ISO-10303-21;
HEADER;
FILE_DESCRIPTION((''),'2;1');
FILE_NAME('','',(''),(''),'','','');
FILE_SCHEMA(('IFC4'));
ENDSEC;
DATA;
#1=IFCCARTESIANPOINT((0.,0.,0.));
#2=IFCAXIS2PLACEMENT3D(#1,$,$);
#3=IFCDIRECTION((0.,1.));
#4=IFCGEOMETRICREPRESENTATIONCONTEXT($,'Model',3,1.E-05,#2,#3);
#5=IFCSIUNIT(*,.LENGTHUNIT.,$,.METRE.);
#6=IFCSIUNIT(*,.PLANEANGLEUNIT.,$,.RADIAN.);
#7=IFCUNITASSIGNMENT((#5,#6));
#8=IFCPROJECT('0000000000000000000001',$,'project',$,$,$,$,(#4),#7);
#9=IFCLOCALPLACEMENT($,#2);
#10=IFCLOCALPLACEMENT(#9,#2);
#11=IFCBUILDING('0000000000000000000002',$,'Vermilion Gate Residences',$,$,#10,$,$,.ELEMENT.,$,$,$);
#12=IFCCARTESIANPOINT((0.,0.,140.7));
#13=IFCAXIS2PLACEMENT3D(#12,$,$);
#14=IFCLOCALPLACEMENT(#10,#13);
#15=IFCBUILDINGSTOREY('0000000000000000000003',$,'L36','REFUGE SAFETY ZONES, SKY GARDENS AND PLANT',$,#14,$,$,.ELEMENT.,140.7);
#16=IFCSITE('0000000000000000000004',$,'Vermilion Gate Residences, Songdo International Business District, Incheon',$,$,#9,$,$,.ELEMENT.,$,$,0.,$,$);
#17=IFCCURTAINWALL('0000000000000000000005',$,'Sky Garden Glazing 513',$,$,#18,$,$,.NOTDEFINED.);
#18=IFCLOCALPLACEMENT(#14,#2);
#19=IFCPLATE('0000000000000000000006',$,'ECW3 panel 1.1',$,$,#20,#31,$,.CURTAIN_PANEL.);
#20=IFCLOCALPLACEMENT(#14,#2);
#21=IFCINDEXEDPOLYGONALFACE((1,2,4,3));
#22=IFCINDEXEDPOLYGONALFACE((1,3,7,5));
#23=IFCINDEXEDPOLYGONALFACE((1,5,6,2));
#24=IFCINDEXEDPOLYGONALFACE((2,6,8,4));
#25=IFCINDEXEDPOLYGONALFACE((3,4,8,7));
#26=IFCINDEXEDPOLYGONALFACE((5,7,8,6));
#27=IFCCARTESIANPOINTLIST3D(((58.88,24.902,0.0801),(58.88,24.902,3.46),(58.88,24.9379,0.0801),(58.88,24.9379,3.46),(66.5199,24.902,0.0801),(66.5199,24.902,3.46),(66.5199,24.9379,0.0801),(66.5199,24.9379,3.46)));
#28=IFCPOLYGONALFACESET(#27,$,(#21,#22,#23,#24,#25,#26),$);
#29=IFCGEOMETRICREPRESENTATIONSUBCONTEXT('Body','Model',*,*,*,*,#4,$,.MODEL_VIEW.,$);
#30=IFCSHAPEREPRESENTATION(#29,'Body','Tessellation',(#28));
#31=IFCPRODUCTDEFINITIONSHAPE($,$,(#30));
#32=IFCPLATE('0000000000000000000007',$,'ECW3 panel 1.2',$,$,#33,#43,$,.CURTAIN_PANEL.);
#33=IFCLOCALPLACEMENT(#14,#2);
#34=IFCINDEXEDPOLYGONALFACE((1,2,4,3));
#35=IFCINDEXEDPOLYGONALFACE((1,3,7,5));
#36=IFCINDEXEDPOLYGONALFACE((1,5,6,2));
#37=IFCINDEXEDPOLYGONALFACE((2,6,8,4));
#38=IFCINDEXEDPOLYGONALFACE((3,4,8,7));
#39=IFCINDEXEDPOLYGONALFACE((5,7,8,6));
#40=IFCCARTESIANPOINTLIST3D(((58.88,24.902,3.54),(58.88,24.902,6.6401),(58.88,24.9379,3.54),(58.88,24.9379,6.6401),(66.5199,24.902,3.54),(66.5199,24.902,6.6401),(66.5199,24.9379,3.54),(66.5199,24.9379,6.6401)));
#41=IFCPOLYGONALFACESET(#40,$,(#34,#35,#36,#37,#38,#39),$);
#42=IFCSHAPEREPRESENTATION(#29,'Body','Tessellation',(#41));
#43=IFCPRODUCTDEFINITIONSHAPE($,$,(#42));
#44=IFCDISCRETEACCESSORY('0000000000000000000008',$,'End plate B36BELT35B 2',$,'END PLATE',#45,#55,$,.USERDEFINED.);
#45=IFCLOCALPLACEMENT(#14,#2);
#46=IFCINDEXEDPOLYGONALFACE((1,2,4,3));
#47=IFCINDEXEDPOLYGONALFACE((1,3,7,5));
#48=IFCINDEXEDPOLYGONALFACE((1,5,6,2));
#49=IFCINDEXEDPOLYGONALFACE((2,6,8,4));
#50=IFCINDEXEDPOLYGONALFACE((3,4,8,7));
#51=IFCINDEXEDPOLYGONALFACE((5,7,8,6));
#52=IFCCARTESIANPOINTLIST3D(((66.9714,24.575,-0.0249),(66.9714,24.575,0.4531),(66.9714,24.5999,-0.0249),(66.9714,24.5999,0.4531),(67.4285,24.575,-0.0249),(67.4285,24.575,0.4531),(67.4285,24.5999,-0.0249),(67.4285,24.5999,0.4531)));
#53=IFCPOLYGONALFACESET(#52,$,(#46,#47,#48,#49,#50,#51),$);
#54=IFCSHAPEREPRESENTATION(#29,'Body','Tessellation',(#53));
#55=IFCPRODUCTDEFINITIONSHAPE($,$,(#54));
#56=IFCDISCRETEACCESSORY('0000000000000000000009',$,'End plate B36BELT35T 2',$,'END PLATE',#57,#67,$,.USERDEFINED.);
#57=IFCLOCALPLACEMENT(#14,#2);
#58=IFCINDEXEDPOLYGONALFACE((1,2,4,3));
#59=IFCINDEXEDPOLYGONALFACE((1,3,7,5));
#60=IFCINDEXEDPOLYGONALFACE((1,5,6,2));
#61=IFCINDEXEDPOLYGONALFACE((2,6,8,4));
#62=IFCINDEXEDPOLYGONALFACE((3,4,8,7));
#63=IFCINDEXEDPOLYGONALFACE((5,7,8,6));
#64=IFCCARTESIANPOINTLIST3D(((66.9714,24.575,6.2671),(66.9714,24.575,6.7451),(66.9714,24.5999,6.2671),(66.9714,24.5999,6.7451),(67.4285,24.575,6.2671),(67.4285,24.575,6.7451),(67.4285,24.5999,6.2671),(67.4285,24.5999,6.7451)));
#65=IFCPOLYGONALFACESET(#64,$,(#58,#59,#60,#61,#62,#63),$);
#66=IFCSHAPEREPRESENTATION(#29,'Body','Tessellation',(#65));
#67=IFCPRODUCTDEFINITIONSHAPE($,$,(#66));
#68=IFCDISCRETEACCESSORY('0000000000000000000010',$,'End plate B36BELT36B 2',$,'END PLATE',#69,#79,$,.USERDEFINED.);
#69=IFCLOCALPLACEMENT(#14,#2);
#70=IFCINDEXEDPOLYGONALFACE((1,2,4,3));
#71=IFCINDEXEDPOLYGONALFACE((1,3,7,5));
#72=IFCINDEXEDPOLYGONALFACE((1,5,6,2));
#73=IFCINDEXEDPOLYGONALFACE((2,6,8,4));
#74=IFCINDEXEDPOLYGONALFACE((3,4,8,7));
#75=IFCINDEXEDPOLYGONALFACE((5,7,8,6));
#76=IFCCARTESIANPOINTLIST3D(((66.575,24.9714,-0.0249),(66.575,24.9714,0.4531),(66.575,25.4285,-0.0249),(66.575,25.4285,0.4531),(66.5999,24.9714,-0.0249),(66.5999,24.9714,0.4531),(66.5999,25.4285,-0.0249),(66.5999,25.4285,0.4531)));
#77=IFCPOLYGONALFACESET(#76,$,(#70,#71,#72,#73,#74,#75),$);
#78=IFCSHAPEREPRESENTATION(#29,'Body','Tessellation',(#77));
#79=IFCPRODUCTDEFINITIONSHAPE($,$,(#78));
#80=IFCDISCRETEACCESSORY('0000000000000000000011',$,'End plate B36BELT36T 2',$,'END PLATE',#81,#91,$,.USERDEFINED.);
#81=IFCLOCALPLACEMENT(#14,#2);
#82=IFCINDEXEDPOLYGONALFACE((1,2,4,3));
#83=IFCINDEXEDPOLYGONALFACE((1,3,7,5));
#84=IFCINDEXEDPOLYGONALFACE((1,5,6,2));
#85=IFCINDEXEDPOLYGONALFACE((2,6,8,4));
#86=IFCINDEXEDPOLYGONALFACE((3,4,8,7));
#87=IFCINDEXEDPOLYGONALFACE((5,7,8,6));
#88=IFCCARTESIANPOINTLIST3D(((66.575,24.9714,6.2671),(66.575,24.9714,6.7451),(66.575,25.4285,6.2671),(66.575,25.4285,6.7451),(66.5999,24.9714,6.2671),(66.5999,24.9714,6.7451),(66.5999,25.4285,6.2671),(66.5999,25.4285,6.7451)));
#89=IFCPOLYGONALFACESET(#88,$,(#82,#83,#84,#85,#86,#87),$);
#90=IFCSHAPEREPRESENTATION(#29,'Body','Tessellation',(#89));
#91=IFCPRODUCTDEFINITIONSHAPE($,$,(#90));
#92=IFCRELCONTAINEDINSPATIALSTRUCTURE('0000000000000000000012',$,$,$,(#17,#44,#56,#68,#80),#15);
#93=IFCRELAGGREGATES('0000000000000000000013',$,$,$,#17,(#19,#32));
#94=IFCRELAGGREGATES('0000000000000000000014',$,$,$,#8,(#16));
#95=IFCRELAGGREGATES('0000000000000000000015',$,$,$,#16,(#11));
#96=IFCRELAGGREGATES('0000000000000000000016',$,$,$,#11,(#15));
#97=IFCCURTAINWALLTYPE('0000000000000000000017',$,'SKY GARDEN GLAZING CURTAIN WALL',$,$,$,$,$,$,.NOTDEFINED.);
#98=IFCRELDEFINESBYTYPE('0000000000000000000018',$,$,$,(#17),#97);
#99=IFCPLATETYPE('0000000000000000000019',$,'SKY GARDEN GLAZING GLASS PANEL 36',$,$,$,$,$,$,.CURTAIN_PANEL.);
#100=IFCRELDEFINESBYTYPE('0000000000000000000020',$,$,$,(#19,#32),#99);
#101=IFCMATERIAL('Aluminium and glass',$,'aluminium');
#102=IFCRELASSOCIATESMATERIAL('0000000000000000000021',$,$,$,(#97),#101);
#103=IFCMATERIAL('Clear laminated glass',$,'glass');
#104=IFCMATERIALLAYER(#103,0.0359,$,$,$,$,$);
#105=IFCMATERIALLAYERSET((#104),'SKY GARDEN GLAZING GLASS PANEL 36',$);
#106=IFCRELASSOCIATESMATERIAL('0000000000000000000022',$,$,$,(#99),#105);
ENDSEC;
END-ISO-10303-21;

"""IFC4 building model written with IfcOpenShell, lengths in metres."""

from ifc_helpers import new_model, si_unit, direction, frame, origin, origin_2d, place, context, subcontext, project, spatial, rectangle, extrude, material, layer, layer_set, type_object, element, aggregate, save


model = new_model("IFC4")

# Units and contexts
model_context = context("Model", 3, precision=1e-05, world=origin(), true_north=direction((0.0, 1.0)))
body_context = subcontext(model_context, "Body", "Model", "MODEL_VIEW")
ifc_project = project(units=[si_unit("LENGTHUNIT", "METRE"), si_unit("PLANEANGLEUNIT", "RADIAN")], contexts=[model_context])

# Site, building, storey
site_placement = place(None, origin())
site = spatial("IfcSite", under=ifc_project, at=site_placement, Name="Vermilion Gate Residences, Songdo International Business District, Incheon", CompositionType="ELEMENT", RefElevation=0.0)
building_placement = place(site_placement, origin())
building = spatial("IfcBuilding", under=site, at=building_placement, Name="Vermilion Gate Residences", CompositionType="ELEMENT")
storey_placement = place(building_placement, frame((0.0, 0.0, 140.7)))
storey = spatial("IfcBuildingStorey", under=building, at=storey_placement, Name="L36", Description="REFUGE SAFETY ZONES, SKY GARDENS AND PLANT", CompositionType="ELEMENT", Elevation=140.7)

# Curtain wall
ifc_material_1 = material(Name="Aluminium and glass", Category="aluminium")
curtain_wall_type = type_object("IfcCurtainWallType", Name="SKY GARDEN GLAZING CURTAIN WALL", PredefinedType="NOTDEFINED", material=ifc_material_1)
curtain_wall_1_placement = place(storey_placement, origin())
curtain_wall_1 = element("IfcCurtainWall", 1, at=curtain_wall_1_placement, inside=storey, type_object=curtain_wall_type, Name="Sky Garden Glazing 513", PredefinedType="NOTDEFINED")

# Plates
ifc_material_2 = material(Name="Clear laminated glass", Category="glass")
ifc_layer = layer(ifc_material_2, 0.0359)
ifc_layer_set = layer_set([ifc_layer], Name="SKY GARDEN GLAZING GLASS PANEL 36")
plate_type = type_object("IfcPlateType", Name="SKY GARDEN GLAZING GLASS PANEL 36", PredefinedType="CURTAIN_PANEL", material=ifc_layer_set)
plate_1_placement = place(storey_placement, frame((62.7, 24.9199, 0.0801), z_axis=(0.0, 0.0, 1.0), x_axis=(-1.0, 0.0, 0.0)))
plate_1 = element("IfcPlate", 2, at=plate_1_placement, type_object=plate_type, Name="ECW3 panel 1.1", PredefinedType="CURTAIN_PANEL", context=body_context, shape_type="SweptSolid", body=[
    extrude(rectangle(XDim=7.6399, YDim=0.0359, at=origin_2d()), origin(), (0.0, 0.0, 1.0), 3.3799),
])
plate_2_placement = place(storey_placement, frame((62.7, 24.9199, 3.54), z_axis=(0.0, 0.0, 1.0), x_axis=(-1.0, 0.0, 0.0)))
plate_2 = element("IfcPlate", 3, at=plate_2_placement, type_object=plate_type, Name="ECW3 panel 1.2", PredefinedType="CURTAIN_PANEL", context=body_context, shape_type="SweptSolid", body=[
    extrude(rectangle(XDim=7.6399, YDim=0.0359, at=origin_2d()), origin(), (0.0, 0.0, 1.0), 3.1001),
])
aggregate(curtain_wall_1, [plate_1, plate_2])

# Discrete accessories
for number, where, z_axis, x_axis, name in (
    (4, (67.2, 24.5874, -0.0249), (0.0, 0.0, 1.0), (1.0, 0.0, 0.0), "End plate B36BELT35B 2"),
    (5, (67.2, 24.5874, 6.2671), (0.0, 0.0, 1.0), (1.0, 0.0, 0.0), "End plate B36BELT35T 2"),
):
    element("IfcDiscreteAccessory", number, at=place(storey_placement, frame(where, z_axis=z_axis, x_axis=x_axis)), inside=storey, Name=name, ObjectType="END PLATE", PredefinedType="USERDEFINED", context=body_context, shape_type="SweptSolid", body=[
        extrude(rectangle(XDim=0.457, YDim=0.0249, at=origin_2d()), origin(), (0.0, 0.0, 1.0), 0.478),
    ])
for number, where, z_axis, x_axis, name in (
    (6, (66.5874, 25.2, -0.0249), (0.0, 0.0, 1.0), (1.0, 0.0, 0.0), "End plate B36BELT36B 2"),
    (7, (66.5874, 25.2, 6.2671), (0.0, 0.0, 1.0), (1.0, 0.0, 0.0), "End plate B36BELT36T 2"),
):
    element("IfcDiscreteAccessory", number, at=place(storey_placement, frame(where, z_axis=z_axis, x_axis=x_axis)), inside=storey, Name=name, ObjectType="END PLATE", PredefinedType="USERDEFINED", context=body_context, shape_type="SweptSolid", body=[
        extrude(rectangle(XDim=0.0249, YDim=0.457, at=origin_2d()), origin(), (0.0, 0.0, 1.0), 0.478),
    ])

save(model, "model.ifc")
